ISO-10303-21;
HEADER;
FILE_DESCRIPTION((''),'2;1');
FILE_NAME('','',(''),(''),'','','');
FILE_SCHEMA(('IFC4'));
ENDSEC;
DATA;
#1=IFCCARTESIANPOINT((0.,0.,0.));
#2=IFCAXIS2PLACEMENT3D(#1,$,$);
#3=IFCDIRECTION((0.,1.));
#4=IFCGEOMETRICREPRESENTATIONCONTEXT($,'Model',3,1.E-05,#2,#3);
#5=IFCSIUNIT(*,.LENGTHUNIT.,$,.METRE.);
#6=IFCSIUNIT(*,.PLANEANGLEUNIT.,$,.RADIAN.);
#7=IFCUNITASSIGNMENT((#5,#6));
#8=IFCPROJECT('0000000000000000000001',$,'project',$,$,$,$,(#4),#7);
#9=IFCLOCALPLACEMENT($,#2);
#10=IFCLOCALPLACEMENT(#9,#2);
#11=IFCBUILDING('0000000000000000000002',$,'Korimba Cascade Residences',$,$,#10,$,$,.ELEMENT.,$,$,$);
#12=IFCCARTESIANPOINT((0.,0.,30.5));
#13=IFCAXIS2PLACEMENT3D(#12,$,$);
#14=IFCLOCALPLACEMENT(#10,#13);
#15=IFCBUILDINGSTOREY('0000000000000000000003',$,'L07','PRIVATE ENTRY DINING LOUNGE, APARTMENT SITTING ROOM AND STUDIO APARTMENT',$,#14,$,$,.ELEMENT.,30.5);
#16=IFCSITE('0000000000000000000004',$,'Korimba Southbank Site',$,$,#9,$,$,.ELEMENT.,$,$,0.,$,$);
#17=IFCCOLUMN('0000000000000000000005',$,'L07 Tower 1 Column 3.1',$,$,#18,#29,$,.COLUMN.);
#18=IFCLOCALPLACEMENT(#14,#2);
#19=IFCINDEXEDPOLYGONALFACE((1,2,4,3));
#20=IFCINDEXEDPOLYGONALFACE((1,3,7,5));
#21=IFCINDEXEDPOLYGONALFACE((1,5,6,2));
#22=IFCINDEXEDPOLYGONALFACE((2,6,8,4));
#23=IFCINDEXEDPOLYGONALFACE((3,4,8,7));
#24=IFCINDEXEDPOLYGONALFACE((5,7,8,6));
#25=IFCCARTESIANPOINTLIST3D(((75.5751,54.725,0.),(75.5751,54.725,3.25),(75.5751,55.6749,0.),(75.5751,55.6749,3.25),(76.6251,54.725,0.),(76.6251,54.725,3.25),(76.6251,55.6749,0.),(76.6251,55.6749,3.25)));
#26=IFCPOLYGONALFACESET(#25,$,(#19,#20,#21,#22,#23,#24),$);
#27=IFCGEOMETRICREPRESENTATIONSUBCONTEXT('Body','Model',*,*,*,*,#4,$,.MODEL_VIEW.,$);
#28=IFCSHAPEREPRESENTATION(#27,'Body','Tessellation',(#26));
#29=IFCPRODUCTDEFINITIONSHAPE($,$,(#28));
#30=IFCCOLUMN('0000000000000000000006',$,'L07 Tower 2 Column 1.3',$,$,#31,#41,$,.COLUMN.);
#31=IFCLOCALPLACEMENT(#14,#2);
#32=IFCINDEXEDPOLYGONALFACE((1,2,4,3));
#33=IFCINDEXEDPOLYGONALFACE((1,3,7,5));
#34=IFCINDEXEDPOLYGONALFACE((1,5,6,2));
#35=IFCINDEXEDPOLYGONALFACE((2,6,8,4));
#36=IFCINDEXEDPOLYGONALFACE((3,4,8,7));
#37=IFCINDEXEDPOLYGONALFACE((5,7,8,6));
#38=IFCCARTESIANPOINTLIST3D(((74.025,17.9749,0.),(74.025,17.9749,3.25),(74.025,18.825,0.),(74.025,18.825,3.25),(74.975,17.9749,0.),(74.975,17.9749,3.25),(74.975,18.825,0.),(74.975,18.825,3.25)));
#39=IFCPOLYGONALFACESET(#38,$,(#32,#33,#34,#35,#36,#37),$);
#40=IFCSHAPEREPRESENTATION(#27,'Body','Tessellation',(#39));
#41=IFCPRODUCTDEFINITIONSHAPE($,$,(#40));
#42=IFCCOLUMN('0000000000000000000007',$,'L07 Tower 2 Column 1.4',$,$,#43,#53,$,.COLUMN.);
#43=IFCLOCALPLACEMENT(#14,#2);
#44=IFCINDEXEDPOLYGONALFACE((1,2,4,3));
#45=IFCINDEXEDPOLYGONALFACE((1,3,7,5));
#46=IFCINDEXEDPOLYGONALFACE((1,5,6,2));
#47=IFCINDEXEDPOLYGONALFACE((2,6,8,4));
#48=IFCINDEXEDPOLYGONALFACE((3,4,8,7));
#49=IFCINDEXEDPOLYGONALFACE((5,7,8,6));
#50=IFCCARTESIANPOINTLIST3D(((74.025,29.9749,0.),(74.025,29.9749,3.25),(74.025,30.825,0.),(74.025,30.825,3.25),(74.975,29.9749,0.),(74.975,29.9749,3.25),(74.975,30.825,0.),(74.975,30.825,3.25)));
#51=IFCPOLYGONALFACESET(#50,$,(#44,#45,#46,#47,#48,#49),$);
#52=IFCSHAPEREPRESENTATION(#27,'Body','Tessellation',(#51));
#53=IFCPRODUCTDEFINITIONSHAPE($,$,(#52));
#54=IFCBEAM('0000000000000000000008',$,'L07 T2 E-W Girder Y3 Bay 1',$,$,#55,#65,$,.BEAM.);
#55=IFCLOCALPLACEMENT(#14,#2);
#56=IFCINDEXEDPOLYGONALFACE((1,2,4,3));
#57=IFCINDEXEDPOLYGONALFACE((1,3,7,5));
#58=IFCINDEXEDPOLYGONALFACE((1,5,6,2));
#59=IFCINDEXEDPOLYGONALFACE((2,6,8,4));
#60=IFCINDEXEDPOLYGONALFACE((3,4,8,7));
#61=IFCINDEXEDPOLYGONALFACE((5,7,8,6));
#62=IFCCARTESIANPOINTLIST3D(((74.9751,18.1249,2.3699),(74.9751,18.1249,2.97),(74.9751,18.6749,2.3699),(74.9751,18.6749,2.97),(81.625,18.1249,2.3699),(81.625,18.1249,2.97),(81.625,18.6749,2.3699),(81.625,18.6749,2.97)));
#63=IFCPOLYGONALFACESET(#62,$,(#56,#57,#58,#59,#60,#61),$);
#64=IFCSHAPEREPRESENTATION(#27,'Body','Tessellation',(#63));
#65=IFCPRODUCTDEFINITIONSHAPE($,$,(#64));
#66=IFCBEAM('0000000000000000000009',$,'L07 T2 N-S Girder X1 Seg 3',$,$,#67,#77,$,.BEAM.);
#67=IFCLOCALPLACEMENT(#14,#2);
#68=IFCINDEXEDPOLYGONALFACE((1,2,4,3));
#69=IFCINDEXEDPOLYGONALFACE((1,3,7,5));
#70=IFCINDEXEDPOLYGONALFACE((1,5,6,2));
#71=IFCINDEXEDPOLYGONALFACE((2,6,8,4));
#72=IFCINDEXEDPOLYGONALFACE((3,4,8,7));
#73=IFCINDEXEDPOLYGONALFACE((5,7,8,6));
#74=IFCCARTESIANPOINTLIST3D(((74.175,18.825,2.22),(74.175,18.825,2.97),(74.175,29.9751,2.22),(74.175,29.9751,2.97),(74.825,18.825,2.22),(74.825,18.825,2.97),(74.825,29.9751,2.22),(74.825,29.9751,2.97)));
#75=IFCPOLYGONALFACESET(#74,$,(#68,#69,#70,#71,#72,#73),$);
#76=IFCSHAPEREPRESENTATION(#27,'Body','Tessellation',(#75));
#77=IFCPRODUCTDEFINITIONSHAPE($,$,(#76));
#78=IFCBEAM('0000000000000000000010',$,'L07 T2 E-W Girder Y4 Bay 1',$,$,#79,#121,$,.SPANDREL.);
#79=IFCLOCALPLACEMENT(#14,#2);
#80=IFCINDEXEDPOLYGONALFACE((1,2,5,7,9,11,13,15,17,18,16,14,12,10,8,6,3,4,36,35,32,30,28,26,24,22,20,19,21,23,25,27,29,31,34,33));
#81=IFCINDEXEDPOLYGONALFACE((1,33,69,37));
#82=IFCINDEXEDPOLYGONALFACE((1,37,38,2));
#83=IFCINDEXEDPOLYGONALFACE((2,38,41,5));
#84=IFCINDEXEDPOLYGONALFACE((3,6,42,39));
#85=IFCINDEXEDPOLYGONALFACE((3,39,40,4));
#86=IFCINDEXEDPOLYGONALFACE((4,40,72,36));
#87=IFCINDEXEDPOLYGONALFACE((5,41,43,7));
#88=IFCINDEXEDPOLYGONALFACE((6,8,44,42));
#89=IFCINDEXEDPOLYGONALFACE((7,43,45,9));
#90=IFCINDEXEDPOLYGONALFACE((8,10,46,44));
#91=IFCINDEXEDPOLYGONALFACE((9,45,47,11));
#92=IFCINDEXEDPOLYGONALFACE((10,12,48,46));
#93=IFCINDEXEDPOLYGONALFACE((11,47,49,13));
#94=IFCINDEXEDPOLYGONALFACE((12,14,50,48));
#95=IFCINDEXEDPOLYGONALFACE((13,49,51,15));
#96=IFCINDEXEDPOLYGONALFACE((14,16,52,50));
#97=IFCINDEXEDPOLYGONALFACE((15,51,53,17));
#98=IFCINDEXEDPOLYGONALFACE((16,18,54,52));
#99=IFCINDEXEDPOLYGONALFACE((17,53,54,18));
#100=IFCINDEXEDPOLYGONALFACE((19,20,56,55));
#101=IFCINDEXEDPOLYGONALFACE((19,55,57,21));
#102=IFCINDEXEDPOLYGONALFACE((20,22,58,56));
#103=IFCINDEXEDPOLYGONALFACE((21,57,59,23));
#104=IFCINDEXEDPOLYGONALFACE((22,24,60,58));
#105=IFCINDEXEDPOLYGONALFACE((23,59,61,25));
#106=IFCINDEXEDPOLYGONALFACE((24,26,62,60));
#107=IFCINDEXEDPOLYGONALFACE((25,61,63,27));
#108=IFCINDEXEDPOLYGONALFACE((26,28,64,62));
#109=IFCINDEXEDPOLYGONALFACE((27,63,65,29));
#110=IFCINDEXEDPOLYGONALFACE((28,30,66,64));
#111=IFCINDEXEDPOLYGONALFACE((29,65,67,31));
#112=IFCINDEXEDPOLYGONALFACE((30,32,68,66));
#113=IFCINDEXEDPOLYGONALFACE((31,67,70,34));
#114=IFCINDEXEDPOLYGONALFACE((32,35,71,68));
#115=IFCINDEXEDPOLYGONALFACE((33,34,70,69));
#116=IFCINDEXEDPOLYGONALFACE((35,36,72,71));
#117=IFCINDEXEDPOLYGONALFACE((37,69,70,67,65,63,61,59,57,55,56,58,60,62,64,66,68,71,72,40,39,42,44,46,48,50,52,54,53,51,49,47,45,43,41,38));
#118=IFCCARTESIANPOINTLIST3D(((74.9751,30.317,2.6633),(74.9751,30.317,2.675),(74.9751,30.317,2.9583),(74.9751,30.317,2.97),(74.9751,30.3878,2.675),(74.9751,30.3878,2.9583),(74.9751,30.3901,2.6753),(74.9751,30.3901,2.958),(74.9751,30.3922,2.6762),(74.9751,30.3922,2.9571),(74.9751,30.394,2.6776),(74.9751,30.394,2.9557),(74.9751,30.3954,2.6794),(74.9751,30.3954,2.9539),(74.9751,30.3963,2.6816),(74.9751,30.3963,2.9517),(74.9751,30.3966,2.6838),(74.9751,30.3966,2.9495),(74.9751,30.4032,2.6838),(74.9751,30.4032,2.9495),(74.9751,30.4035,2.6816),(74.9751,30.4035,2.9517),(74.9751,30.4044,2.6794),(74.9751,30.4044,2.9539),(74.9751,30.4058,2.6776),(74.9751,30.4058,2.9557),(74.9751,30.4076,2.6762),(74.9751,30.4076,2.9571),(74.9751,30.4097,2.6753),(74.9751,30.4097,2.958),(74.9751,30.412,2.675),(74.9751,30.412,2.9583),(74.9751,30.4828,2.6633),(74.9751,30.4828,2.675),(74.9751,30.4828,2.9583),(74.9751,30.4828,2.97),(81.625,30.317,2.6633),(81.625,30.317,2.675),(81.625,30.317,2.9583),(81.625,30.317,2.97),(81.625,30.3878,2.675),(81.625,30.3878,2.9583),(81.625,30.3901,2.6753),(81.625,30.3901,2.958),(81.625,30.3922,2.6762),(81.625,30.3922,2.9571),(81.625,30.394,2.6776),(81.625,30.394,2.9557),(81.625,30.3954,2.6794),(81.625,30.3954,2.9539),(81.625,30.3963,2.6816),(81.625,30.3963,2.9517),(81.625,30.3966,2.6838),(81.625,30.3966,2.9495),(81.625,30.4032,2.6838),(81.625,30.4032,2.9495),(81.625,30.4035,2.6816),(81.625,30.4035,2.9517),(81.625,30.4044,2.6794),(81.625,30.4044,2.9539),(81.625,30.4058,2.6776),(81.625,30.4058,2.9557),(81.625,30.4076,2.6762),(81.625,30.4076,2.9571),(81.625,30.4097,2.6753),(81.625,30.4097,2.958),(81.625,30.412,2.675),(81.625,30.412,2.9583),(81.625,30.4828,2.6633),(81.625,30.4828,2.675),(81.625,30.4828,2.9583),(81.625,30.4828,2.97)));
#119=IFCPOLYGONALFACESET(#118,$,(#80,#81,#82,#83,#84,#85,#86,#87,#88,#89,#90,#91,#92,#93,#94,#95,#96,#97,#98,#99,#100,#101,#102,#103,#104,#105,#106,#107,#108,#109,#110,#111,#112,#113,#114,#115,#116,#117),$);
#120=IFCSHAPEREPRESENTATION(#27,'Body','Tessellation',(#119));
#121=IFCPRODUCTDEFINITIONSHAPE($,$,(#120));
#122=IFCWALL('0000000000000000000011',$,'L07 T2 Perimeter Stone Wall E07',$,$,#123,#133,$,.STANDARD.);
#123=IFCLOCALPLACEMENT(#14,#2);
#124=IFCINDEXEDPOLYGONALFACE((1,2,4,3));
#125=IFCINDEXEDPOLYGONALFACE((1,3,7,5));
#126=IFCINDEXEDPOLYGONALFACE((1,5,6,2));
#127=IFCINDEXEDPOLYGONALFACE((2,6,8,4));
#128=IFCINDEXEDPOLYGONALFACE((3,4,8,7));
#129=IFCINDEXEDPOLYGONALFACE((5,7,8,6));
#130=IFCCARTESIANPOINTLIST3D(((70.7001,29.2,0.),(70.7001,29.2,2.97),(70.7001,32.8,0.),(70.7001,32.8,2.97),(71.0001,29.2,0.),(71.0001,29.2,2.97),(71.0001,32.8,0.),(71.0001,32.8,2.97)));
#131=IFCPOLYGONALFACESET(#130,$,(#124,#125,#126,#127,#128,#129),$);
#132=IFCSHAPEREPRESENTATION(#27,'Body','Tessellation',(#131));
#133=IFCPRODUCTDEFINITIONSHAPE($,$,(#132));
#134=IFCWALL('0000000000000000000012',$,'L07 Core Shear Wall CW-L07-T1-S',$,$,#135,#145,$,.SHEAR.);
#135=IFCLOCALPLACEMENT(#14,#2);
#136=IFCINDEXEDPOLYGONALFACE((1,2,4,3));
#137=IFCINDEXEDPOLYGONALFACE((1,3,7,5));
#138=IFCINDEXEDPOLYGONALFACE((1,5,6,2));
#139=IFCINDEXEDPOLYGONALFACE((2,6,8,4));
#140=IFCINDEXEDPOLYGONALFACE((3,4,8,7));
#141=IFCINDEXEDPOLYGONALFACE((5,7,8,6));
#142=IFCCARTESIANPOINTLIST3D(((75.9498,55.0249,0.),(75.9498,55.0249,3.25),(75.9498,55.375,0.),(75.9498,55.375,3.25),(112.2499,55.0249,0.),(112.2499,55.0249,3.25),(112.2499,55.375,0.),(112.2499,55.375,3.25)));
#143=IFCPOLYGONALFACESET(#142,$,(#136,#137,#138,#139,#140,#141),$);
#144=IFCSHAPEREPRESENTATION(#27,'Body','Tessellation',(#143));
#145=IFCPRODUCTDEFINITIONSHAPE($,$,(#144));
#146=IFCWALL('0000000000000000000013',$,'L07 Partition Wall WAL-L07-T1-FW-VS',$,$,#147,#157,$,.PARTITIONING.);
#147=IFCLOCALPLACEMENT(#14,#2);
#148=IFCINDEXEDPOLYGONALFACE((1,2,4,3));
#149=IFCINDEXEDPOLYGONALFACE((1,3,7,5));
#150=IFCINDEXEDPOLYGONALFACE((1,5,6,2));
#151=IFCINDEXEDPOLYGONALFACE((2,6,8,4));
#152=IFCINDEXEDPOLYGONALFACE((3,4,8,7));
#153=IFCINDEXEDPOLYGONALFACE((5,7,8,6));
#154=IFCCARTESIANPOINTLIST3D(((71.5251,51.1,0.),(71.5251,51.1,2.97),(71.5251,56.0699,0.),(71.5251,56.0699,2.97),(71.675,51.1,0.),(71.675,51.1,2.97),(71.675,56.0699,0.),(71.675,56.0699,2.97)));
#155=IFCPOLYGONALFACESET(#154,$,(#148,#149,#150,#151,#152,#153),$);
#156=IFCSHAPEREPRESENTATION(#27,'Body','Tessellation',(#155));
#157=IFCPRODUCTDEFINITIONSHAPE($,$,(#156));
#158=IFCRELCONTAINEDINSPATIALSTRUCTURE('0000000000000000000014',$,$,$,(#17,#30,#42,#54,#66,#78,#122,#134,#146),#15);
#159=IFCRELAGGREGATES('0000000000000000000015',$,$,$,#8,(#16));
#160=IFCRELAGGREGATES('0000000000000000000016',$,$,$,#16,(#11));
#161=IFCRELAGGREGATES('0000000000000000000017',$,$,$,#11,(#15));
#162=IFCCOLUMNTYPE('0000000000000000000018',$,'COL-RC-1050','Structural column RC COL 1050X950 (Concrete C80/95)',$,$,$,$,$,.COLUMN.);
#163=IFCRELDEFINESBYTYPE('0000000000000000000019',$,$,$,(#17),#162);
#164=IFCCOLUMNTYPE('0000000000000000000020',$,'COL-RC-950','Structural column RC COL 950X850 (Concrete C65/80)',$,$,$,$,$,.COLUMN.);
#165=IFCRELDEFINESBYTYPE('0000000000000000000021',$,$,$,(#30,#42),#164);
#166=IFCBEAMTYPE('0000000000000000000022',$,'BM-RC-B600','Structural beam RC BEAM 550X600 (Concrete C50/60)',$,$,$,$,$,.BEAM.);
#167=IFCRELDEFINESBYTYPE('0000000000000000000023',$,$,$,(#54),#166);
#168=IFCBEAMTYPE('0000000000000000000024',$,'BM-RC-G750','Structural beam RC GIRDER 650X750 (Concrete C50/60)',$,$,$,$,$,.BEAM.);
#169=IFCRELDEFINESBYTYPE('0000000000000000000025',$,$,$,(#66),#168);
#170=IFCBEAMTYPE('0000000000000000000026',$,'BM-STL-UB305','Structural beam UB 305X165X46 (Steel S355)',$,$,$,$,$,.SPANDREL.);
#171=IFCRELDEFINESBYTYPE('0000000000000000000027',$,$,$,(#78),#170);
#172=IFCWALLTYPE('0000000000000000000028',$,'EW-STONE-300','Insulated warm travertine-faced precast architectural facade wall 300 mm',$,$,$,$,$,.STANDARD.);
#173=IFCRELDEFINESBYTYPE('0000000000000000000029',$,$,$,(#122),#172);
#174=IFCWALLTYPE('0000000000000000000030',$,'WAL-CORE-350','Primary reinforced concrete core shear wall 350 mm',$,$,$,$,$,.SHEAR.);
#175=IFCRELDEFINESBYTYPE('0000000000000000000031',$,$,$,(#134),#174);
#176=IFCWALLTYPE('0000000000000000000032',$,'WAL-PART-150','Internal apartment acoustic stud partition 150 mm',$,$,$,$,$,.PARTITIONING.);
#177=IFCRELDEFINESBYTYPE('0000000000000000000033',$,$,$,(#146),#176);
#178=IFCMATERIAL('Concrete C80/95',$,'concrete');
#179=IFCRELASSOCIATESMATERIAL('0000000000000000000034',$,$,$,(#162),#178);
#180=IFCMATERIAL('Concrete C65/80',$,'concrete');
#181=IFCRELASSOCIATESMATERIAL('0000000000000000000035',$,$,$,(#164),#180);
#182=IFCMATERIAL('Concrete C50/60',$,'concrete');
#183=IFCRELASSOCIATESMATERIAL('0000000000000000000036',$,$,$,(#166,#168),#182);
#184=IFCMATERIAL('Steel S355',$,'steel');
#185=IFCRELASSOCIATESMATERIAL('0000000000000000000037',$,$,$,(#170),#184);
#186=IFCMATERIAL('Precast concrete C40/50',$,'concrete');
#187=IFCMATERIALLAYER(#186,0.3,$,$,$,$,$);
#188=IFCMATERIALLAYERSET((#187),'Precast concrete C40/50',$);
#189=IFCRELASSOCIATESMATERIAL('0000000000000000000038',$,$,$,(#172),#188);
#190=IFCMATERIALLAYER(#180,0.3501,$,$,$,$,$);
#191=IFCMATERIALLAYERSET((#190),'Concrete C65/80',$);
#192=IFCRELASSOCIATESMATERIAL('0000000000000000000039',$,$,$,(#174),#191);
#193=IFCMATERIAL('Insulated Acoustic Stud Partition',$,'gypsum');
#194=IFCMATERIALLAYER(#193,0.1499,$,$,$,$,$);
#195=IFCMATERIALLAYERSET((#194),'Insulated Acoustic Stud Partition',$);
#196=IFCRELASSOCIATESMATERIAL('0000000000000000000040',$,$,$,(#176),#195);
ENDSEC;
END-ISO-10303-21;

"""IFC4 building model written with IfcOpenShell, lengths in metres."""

from ifc_helpers import new_model, si_unit, direction, frame, frame_2d, origin, origin_2d, place, context, subcontext, project, spatial, rectangle, i_section, extrude, material, layer, layer_set, material_profile, profile_set, type_object, element, save


model = new_model("IFC4")

# Units and contexts
model_context = context("Model", 3, precision=1e-05, world=origin(), true_north=direction((0.0, 1.0)))
body_context = subcontext(model_context, "Body", "Model", "MODEL_VIEW")
ifc_project = project(units=[si_unit("LENGTHUNIT", "METRE"), si_unit("PLANEANGLEUNIT", "RADIAN")], contexts=[model_context])

# Site, building, storey
site_placement = place(None, origin())
site = spatial("IfcSite", under=ifc_project, at=site_placement, Name="Korimba Southbank Site", CompositionType="ELEMENT", RefElevation=0.0)
building_placement = place(site_placement, origin())
building = spatial("IfcBuilding", under=site, at=building_placement, Name="Korimba Cascade Residences", CompositionType="ELEMENT")
storey_placement = place(building_placement, frame((0.0, 0.0, 30.5)))
storey = spatial("IfcBuildingStorey", under=building, at=storey_placement, Name="L07", Description="PRIVATE ENTRY DINING LOUNGE, APARTMENT SITTING ROOM AND STUDIO APARTMENT", CompositionType="ELEMENT", Elevation=30.5)

# Columns
ifc_material_1 = material(Name="Concrete C80/95", Category="concrete")
ifc_material_profile_1 = material_profile(ifc_material_1, rectangle(XDim=1.05, YDim=0.95, at=origin_2d()), Name="Concrete C80/95")
ifc_profile_set_1 = profile_set([ifc_material_profile_1], Name="Concrete C80/95")
column_type_1 = type_object("IfcColumnType", Name="COL-RC-1050", Description="Structural column RC COL 1050X950 (Concrete C80/95)", PredefinedType="COLUMN", material=ifc_profile_set_1)
column_placement = place(storey_placement, frame((76.1001, 55.2, 0.0), z_axis=(0.0, 0.0, 1.0), x_axis=(1.0, 0.0, 0.0)))
element("IfcColumn", 1, at=column_placement, inside=storey, type_object=column_type_1, Name="L07 Tower 1 Column 3.1", PredefinedType="COLUMN", context=body_context, shape_type="SweptSolid", body=[
    extrude(rectangle(XDim=1.05, YDim=0.95, at=origin_2d()), origin(), (0.0, 0.0, 1.0), 3.25),
])
ifc_material_2 = material(Name="Concrete C65/80", Category="concrete")
ifc_material_profile_2 = material_profile(ifc_material_2, rectangle(XDim=0.95, YDim=0.8501, at=origin_2d()), Name="Concrete C65/80")
ifc_profile_set_2 = profile_set([ifc_material_profile_2], Name="Concrete C65/80")
column_type_2 = type_object("IfcColumnType", Name="COL-RC-950", Description="Structural column RC COL 950X850 (Concrete C65/80)", PredefinedType="COLUMN", material=ifc_profile_set_2)
for number, where, z_axis, x_axis, name in (
    (2, (74.5, 18.3999, 0.0), (0.0, 0.0, 1.0), (1.0, 0.0, 0.0), "L07 Tower 2 Column 1.3"),
    (3, (74.5, 30.3999, 0.0), (0.0, 0.0, 1.0), (1.0, 0.0, 0.0), "L07 Tower 2 Column 1.4"),
):
    element("IfcColumn", number, at=place(storey_placement, frame(where, z_axis=z_axis, x_axis=x_axis)), inside=storey, type_object=column_type_2, Name=name, PredefinedType="COLUMN", context=body_context, shape_type="SweptSolid", body=[
        extrude(rectangle(XDim=0.95, YDim=0.8501, at=origin_2d()), origin(), (0.0, 0.0, 1.0), 3.25),
    ])

# Beams
ifc_material_3 = material(Name="Concrete C50/60", Category="concrete")
ifc_material_profile_3 = material_profile(ifc_material_3, rectangle(XDim=0.55, YDim=0.6001, at=origin_2d()), Name="Concrete C50/60")
ifc_profile_set_3 = profile_set([ifc_material_profile_3], Name="Concrete C50/60")
beam_type_1 = type_object("IfcBeamType", Name="BM-RC-B600", Description="Structural beam RC BEAM 550X600 (Concrete C50/60)", PredefinedType="BEAM", material=ifc_profile_set_3)
beam_1_placement = place(storey_placement, frame((74.9751, 18.3999, 2.6699), z_axis=(1.0, 0.0, 0.0), x_axis=(0.0, 1.0, 0.0)))
element("IfcBeam", 4, at=beam_1_placement, inside=storey, type_object=beam_type_1, Name="L07 T2 E-W Girder Y3 Bay 1", PredefinedType="BEAM", context=body_context, shape_type="SweptSolid", body=[
    extrude(rectangle(XDim=0.55, YDim=0.6001, at=origin_2d()), origin(), (0.0, 0.0, 1.0), 6.6499),
])
ifc_material_profile_4 = material_profile(ifc_material_3, rectangle(XDim=0.6499, YDim=0.75, at=origin_2d()), Name="Concrete C50/60")
ifc_profile_set_4 = profile_set([ifc_material_profile_4], Name="Concrete C50/60")
beam_type_2 = type_object("IfcBeamType", Name="BM-RC-G750", Description="Structural beam RC GIRDER 650X750 (Concrete C50/60)", PredefinedType="BEAM", material=ifc_profile_set_4)
beam_2_placement = place(storey_placement, frame((74.5, 18.825, 2.595), z_axis=(0.0, 1.0, 0.0), x_axis=(-1.0, 0.0, 0.0)))
element("IfcBeam", 5, at=beam_2_placement, inside=storey, type_object=beam_type_2, Name="L07 T2 N-S Girder X1 Seg 3", PredefinedType="BEAM", context=body_context, shape_type="SweptSolid", body=[
    extrude(rectangle(XDim=0.6499, YDim=0.75, at=origin_2d()), origin(), (0.0, 0.0, 1.0), 11.1501),
])
ifc_material_4 = material(Name="Steel S355", Category="steel")
ifc_material_profile_5 = material_profile(ifc_material_4, i_section(OverallWidth=0.1658, OverallDepth=0.3066, WebThickness=0.0066, FlangeThickness=0.0117, FilletRadius=0.0088, at=origin_2d()), Name="Steel S355")
ifc_profile_set_5 = profile_set([ifc_material_profile_5], Name="Steel S355")
beam_type_3 = type_object("IfcBeamType", Name="BM-STL-UB305", Description="Structural beam UB 305X165X46 (Steel S355)", PredefinedType="SPANDREL", material=ifc_profile_set_5)
beam_3_placement = place(storey_placement, frame((74.9751, 30.3999, 2.8167), z_axis=(1.0, 0.0, 0.0), x_axis=(0.0, 1.0, 0.0)))
element("IfcBeam", 6, at=beam_3_placement, inside=storey, type_object=beam_type_3, Name="L07 T2 E-W Girder Y4 Bay 1", PredefinedType="SPANDREL", context=body_context, shape_type="SweptSolid", body=[
    extrude(i_section(OverallWidth=0.1658, OverallDepth=0.3066, WebThickness=0.0066, FlangeThickness=0.0117, FilletRadius=0.0088, at=origin_2d()), origin(), (0.0, 0.0, 1.0), 6.6499),
])

# Walls
ifc_material_5 = material(Name="Precast concrete C40/50", Category="concrete")
ifc_layer_1 = layer(ifc_material_5, 0.3)
ifc_layer_set_1 = layer_set([ifc_layer_1], Name="Precast concrete C40/50")
wall_type_1 = type_object("IfcWallType", Name="EW-STONE-300", Description="Insulated warm travertine-faced precast architectural facade wall 300 mm", PredefinedType="STANDARD", material=ifc_layer_set_1)
wall_1_placement = place(storey_placement, frame((70.8501, 32.8, 0.0), z_axis=(0.0, 0.0, 1.0), x_axis=(0.0, -1.0, 0.0)))
element("IfcWall", 7, at=wall_1_placement, inside=storey, type_object=wall_type_1, Name="L07 T2 Perimeter Stone Wall E07", PredefinedType="STANDARD", context=body_context, shape_type="SweptSolid", body=[
    extrude(rectangle(XDim=3.6001, YDim=0.3, at=frame_2d((1.8, 0.0))), origin(), (0.0, 0.0, 1.0), 2.97),
])
ifc_layer_2 = layer(ifc_material_2, 0.3501)
ifc_layer_set_2 = layer_set([ifc_layer_2], Name="Concrete C65/80")
wall_type_2 = type_object("IfcWallType", Name="WAL-CORE-350", Description="Primary reinforced concrete core shear wall 350 mm", PredefinedType="SHEAR", material=ifc_layer_set_2)
wall_2_placement = place(storey_placement, frame((75.95, 55.2, 0.0), z_axis=(0.0, 0.0, 1.0), x_axis=(1.0, 0.0, 0.0)))
element("IfcWall", 8, at=wall_2_placement, inside=storey, type_object=wall_type_2, Name="L07 Core Shear Wall CW-L07-T1-S", PredefinedType="SHEAR", context=body_context, shape_type="SweptSolid", body=[
    extrude(rectangle(XDim=36.3, YDim=0.3501, at=frame_2d((18.1499, 0.0))), origin(), (0.0, 0.0, 1.0), 3.25),
])
ifc_material_6 = material(Name="Insulated Acoustic Stud Partition", Category="gypsum")
ifc_layer_3 = layer(ifc_material_6, 0.1499)
ifc_layer_set_3 = layer_set([ifc_layer_3], Name="Insulated Acoustic Stud Partition")
wall_type_3 = type_object("IfcWallType", Name="WAL-PART-150", Description="Internal apartment acoustic stud partition 150 mm", PredefinedType="PARTITIONING", material=ifc_layer_set_3)
wall_3_placement = place(storey_placement, frame((71.6001, 51.1001, 0.0), z_axis=(0.0, 0.0, 1.0), x_axis=(0.0, 1.0, 0.0)))
element("IfcWall", 9, at=wall_3_placement, inside=storey, type_object=wall_type_3, Name="L07 Partition Wall WAL-L07-T1-FW-VS", PredefinedType="PARTITIONING", context=body_context, shape_type="SweptSolid", body=[
    extrude(rectangle(XDim=4.97, YDim=0.1499, at=frame_2d((2.4849, 0.0))), origin(), (0.0, 0.0, 1.0), 2.97),
])

save(model, "model.ifc")
